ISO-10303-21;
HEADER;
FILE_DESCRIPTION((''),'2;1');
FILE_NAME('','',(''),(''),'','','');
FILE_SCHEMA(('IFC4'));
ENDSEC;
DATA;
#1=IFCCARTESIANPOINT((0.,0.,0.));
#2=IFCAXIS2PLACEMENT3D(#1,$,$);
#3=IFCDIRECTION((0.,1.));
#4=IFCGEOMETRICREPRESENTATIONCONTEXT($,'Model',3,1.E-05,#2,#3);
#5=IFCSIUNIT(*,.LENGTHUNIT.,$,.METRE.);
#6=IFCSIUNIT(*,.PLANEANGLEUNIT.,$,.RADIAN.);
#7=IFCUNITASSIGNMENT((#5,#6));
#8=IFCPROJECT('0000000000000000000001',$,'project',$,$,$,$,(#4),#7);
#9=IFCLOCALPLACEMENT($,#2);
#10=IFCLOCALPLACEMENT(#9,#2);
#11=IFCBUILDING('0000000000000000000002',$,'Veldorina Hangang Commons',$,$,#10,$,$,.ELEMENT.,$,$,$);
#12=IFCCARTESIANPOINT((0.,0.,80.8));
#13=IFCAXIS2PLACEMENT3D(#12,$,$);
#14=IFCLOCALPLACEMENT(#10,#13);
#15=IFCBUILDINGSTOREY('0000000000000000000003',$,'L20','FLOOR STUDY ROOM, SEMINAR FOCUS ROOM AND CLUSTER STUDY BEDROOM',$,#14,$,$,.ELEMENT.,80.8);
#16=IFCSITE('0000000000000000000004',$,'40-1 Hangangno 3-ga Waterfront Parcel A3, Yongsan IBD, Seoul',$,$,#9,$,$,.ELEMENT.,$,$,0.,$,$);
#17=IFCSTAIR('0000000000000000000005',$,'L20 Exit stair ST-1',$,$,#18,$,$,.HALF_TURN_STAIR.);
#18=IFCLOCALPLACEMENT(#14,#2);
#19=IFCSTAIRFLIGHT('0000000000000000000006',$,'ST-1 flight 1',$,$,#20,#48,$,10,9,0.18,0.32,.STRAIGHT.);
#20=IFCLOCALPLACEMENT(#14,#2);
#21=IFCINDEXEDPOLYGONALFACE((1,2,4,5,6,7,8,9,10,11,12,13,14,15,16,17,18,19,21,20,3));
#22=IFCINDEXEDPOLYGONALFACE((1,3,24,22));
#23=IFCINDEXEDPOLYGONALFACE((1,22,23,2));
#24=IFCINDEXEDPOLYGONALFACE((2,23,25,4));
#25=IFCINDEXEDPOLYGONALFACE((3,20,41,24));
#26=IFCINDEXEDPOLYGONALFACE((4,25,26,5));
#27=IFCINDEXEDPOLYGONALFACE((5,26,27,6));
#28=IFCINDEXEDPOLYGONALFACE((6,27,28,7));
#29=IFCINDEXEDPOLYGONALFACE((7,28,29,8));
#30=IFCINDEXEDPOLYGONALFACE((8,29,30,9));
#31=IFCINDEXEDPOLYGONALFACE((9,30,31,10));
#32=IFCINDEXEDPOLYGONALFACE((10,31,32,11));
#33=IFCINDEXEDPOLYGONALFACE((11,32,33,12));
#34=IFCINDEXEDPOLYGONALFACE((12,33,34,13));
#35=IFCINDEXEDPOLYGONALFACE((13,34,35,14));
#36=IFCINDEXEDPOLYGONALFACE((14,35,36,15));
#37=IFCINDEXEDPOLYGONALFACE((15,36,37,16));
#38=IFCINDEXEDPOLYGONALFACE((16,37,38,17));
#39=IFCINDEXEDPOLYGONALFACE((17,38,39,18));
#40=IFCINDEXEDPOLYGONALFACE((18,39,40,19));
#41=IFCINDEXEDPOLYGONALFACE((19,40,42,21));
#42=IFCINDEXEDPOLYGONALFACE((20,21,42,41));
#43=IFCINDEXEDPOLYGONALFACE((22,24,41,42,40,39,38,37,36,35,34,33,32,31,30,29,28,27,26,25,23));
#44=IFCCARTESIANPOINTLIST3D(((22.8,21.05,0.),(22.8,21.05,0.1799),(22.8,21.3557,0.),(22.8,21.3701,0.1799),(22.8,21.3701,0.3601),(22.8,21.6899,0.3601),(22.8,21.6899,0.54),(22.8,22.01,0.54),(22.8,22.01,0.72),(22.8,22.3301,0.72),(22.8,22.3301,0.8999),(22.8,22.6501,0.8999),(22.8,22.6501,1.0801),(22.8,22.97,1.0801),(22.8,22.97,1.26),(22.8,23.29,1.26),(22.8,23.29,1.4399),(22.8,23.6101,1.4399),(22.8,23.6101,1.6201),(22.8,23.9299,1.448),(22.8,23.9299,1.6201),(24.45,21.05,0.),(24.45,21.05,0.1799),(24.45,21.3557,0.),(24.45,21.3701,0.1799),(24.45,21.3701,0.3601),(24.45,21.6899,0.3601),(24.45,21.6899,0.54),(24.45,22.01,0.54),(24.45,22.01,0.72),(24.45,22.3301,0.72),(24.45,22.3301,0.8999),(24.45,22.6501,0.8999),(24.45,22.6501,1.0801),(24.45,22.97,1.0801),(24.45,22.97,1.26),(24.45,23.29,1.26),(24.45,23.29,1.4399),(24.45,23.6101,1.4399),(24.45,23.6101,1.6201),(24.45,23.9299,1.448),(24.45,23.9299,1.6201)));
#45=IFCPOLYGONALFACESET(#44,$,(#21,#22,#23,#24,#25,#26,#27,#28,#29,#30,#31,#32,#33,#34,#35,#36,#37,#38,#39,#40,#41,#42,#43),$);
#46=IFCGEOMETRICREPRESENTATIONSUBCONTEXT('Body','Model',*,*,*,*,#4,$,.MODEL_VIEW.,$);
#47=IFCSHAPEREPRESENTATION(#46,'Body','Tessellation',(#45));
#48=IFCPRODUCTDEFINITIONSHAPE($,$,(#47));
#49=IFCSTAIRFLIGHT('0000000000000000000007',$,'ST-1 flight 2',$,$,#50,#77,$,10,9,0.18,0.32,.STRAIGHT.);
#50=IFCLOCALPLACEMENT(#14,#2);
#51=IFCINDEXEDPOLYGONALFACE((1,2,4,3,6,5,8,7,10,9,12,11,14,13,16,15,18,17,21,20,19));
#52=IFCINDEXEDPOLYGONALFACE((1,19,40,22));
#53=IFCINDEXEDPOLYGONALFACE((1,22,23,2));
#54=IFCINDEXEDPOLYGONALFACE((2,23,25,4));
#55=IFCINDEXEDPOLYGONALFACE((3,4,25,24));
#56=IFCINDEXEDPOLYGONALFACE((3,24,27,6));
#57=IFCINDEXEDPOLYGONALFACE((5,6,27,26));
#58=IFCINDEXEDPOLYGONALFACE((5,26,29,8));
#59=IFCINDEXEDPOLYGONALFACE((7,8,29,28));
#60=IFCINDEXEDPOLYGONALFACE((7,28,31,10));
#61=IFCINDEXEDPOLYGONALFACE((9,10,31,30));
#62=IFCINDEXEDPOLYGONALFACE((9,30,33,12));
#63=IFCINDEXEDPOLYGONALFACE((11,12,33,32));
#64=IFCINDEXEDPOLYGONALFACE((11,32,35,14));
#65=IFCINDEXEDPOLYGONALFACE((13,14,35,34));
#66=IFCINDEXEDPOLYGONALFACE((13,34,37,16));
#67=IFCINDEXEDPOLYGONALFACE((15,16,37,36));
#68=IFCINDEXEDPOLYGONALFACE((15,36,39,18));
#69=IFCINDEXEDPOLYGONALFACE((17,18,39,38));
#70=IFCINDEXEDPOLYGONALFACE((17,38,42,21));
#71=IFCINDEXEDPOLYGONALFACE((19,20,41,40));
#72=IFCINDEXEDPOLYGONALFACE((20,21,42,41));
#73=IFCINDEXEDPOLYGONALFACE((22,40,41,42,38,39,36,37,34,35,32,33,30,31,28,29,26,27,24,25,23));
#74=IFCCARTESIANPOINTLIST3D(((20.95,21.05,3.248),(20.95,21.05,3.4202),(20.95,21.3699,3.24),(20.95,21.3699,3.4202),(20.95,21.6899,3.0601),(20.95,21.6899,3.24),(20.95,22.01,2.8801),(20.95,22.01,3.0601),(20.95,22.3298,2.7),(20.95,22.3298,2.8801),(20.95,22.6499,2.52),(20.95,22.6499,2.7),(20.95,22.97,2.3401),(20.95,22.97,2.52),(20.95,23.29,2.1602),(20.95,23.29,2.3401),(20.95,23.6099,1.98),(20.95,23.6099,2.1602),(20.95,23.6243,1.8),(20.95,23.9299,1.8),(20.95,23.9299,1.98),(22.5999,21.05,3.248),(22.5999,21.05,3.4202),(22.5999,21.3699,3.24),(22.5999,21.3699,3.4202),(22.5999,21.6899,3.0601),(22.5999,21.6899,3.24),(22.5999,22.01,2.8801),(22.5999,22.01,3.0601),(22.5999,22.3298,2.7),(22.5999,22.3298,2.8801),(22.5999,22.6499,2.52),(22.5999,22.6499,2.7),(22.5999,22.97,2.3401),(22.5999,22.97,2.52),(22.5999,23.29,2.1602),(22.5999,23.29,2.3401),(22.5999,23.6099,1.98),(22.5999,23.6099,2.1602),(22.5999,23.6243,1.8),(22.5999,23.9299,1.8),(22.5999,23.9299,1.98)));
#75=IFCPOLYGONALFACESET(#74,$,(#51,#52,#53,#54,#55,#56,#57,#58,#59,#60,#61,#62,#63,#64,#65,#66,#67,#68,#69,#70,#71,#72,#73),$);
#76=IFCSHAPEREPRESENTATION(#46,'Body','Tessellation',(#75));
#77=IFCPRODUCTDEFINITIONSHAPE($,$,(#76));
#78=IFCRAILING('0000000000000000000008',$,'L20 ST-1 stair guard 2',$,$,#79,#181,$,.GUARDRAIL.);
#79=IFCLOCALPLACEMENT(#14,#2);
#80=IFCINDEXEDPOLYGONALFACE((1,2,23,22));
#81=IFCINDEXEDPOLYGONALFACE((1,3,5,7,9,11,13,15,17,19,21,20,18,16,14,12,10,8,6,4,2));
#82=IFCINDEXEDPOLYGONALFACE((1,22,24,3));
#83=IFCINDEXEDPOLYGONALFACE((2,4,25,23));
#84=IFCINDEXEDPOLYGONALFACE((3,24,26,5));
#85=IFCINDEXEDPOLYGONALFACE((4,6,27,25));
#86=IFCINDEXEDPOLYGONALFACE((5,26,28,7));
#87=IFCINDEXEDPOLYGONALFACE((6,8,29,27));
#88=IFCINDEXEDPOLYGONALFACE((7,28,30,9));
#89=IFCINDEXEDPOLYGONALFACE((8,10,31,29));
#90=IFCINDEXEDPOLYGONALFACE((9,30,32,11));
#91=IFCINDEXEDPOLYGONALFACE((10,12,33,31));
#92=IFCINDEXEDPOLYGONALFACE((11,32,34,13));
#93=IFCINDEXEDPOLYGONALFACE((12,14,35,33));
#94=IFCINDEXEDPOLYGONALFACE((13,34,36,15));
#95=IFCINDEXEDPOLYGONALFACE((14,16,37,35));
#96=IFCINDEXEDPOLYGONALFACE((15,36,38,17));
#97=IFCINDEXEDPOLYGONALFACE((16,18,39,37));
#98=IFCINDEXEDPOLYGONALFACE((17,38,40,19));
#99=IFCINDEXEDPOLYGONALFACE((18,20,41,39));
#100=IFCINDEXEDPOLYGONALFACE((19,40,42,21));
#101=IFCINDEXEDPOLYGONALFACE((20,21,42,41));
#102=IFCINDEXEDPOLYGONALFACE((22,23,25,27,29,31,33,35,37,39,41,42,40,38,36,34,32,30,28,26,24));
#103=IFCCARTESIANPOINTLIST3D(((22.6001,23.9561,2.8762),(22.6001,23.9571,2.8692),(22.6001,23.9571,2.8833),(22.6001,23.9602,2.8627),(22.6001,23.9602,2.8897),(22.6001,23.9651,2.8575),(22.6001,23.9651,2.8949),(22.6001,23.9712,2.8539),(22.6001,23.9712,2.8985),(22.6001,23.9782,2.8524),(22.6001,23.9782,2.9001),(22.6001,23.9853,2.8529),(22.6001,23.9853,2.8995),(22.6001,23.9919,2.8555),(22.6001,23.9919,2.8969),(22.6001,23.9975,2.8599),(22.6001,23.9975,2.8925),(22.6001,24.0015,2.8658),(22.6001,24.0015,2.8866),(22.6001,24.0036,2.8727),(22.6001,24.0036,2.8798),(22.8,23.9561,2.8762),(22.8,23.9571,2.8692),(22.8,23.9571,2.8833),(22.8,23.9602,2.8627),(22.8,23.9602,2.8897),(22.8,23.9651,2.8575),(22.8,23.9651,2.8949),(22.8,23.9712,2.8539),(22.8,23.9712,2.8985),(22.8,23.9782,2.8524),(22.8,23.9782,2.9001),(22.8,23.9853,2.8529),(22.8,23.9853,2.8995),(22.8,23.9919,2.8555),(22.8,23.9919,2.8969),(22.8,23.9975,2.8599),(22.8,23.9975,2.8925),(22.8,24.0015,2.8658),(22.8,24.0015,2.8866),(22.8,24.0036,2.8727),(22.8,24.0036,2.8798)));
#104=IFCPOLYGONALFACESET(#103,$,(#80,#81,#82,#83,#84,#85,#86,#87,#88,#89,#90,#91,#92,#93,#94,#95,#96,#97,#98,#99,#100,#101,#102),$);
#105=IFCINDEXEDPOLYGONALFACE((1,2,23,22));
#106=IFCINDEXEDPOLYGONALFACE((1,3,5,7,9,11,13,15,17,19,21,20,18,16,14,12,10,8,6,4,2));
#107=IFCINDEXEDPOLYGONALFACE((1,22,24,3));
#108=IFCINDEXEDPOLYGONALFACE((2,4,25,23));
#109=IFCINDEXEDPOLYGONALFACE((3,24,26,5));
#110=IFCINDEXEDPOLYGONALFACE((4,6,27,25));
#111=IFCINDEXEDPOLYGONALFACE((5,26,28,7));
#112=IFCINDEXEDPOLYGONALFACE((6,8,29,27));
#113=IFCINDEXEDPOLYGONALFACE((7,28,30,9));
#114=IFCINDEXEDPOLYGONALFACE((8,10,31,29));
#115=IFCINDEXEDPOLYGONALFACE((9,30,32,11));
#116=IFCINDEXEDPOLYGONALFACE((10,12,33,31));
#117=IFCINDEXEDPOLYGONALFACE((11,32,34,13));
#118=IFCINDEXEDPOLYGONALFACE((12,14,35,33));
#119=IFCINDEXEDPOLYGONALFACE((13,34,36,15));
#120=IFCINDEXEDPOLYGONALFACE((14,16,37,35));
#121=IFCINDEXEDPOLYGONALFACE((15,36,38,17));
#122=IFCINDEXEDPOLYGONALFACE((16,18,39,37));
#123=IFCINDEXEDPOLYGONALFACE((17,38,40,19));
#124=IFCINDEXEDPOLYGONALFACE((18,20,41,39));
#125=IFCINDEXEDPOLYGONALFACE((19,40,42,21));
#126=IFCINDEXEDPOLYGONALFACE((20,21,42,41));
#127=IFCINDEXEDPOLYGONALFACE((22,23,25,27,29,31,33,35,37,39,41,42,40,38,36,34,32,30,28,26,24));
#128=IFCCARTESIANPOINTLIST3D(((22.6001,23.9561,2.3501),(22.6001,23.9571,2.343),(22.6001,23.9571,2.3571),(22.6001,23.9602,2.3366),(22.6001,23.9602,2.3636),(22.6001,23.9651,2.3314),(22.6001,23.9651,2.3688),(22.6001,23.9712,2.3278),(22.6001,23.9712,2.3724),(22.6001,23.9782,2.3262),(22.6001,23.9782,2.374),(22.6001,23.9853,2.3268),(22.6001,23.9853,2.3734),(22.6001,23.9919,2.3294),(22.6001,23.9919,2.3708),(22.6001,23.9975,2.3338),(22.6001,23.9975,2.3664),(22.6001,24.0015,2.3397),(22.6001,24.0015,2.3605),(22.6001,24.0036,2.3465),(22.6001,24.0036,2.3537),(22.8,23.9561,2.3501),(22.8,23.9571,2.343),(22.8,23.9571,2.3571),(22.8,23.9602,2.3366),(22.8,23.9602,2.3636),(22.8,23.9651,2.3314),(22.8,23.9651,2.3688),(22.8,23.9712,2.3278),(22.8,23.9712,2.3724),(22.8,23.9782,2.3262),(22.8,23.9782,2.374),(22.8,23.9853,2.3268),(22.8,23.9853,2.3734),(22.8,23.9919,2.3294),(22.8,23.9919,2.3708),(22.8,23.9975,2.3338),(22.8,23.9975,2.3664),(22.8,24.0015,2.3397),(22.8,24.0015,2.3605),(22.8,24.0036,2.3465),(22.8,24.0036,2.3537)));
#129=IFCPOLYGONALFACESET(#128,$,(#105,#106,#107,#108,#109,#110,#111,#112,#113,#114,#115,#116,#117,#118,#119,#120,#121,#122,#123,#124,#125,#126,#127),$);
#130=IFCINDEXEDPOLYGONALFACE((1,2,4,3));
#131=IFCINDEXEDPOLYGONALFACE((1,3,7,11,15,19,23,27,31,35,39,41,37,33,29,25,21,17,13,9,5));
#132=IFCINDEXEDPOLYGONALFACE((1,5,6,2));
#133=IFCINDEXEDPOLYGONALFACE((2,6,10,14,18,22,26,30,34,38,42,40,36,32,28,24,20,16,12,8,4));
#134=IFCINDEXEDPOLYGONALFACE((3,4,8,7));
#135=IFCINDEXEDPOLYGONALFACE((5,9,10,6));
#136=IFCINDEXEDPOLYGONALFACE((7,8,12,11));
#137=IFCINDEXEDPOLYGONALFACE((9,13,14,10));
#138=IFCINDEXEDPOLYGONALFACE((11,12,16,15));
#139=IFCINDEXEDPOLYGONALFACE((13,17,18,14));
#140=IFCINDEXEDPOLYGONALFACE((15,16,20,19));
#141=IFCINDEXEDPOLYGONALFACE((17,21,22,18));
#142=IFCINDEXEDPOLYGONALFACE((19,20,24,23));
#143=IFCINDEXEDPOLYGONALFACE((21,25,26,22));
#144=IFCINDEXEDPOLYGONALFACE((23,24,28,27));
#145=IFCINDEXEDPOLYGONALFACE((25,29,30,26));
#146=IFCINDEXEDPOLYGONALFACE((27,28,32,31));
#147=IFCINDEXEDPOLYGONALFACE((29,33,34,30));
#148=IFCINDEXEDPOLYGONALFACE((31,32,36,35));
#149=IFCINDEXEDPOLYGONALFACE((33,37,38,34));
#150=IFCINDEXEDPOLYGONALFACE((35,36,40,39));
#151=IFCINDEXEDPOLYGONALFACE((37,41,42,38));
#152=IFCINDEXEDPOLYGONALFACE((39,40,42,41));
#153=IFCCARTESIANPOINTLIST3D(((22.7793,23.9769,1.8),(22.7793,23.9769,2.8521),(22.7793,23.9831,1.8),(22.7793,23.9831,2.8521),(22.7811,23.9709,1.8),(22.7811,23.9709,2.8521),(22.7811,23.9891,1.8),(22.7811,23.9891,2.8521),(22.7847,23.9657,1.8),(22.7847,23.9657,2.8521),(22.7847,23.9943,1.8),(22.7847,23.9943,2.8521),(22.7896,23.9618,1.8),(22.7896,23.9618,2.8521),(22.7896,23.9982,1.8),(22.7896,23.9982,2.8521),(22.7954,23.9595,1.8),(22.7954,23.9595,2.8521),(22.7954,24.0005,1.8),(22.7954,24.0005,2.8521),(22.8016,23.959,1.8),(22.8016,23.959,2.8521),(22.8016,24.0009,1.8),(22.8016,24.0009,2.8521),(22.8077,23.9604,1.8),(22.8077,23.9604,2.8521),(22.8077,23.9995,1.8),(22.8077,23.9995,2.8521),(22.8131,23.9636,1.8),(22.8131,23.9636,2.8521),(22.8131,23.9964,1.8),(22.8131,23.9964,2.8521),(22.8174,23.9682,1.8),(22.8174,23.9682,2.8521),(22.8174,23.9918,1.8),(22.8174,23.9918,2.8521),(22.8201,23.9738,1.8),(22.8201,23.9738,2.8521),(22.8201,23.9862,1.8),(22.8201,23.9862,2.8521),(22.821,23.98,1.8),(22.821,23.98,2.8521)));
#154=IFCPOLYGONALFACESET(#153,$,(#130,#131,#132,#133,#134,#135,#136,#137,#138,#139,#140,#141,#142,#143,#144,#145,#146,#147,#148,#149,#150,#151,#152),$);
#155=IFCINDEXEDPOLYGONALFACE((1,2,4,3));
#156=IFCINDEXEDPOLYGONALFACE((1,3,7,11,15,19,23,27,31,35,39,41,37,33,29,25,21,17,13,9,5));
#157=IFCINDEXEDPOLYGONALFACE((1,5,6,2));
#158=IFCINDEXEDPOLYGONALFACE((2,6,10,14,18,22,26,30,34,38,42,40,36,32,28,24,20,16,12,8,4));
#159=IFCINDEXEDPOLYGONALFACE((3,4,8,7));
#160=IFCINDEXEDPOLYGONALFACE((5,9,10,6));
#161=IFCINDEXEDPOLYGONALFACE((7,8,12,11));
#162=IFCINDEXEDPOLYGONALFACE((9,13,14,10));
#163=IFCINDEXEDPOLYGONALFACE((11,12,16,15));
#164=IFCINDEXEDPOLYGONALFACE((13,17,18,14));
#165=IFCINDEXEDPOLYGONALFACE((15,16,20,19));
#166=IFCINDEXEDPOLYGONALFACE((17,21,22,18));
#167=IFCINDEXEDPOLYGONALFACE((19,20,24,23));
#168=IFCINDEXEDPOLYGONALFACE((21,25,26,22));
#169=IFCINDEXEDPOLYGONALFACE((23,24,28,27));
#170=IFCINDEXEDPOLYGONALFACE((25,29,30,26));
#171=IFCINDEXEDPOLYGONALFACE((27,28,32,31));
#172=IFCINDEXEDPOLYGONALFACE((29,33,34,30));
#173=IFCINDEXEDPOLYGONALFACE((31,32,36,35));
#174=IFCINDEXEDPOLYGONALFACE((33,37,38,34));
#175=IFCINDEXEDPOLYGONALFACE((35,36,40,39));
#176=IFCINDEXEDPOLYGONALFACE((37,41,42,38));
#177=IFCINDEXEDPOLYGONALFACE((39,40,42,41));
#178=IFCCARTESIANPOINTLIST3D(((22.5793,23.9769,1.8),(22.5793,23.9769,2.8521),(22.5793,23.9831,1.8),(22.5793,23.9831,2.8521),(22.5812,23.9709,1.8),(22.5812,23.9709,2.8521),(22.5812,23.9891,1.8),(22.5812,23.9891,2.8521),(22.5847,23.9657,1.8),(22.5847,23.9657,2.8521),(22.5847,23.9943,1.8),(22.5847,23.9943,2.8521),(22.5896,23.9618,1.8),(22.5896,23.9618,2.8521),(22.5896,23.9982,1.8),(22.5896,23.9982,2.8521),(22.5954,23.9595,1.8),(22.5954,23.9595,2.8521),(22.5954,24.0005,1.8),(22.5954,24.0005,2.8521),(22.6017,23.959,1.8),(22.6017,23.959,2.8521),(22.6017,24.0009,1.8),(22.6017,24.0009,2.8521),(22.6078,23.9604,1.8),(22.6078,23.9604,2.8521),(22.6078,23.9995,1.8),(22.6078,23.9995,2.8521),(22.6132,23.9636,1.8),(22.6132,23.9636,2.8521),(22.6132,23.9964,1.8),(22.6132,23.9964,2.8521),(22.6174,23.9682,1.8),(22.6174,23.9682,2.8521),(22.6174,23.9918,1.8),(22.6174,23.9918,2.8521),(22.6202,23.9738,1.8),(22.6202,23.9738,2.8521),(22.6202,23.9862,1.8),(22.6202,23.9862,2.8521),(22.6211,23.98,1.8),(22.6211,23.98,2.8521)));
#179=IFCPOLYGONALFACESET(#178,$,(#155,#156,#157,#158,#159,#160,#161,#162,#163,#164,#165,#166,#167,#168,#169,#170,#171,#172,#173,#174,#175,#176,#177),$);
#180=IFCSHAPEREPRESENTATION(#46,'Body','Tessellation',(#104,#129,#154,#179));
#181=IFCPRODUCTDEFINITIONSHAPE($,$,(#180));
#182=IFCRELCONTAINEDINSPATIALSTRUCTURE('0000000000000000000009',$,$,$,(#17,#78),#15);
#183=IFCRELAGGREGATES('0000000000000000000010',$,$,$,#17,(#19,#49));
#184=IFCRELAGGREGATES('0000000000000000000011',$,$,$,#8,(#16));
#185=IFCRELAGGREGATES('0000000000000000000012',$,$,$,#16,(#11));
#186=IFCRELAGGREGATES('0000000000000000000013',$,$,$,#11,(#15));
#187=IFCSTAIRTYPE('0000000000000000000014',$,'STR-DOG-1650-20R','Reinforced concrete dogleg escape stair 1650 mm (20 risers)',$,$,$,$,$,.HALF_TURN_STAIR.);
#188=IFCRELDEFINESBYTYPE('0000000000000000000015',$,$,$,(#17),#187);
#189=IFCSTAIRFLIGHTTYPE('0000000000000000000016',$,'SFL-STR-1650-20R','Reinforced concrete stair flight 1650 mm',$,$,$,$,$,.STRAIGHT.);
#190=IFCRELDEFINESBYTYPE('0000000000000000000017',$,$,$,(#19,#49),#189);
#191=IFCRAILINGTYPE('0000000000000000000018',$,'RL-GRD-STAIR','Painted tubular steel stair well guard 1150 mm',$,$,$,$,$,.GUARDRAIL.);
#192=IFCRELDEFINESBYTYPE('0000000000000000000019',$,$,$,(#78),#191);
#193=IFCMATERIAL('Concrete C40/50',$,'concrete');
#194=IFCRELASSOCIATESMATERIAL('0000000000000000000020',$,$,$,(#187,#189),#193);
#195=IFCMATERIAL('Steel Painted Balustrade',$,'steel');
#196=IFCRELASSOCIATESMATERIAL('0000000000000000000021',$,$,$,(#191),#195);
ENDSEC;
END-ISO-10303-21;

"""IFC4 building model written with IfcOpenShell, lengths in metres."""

from ifc_helpers import new_model, si_unit, direction, frame, origin, origin_2d, place, context, subcontext, project, spatial, polyline, circle, outline, extrude, material, type_object, element, aggregate, save


model = new_model("IFC4")

# Units and contexts
model_context = context("Model", 3, precision=1e-05, world=origin(), true_north=direction((0.0, 1.0)))
body_context = subcontext(model_context, "Body", "Model", "MODEL_VIEW")
ifc_project = project(units=[si_unit("LENGTHUNIT", "METRE"), si_unit("PLANEANGLEUNIT", "RADIAN")], contexts=[model_context])

# Site, building, storey
site_placement = place(None, origin())
site = spatial("IfcSite", under=ifc_project, at=site_placement, Name="40-1 Hangangno 3-ga Waterfront Parcel A3, Yongsan IBD, Seoul", CompositionType="ELEMENT", RefElevation=0.0)
building_placement = place(site_placement, origin())
building = spatial("IfcBuilding", under=site, at=building_placement, Name="Veldorina Hangang Commons", CompositionType="ELEMENT")
storey_placement = place(building_placement, frame((0.0, 0.0, 80.8)))
storey = spatial("IfcBuildingStorey", under=building, at=storey_placement, Name="L20", Description="FLOOR STUDY ROOM, SEMINAR FOCUS ROOM AND CLUSTER STUDY BEDROOM", CompositionType="ELEMENT", Elevation=80.8)

# Stair, stair flights
ifc_material_1 = material(Name="Concrete C40/50", Category="concrete")
stair_type = type_object("IfcStairType", Name="STR-DOG-1650-20R", Description="Reinforced concrete dogleg escape stair 1650 mm (20 risers)", PredefinedType="HALF_TURN_STAIR", material=ifc_material_1)
stair_placement = place(storey_placement, origin())
stair = element("IfcStair", 1, at=stair_placement, inside=storey, type_object=stair_type, Name="L20 Exit stair ST-1", PredefinedType="HALF_TURN_STAIR")
stair_flight_type = type_object("IfcStairFlightType", Name="SFL-STR-1650-20R", Description="Reinforced concrete stair flight 1650 mm", PredefinedType="STRAIGHT", material=ifc_material_1)
stair_flight_1_placement = place(storey_placement, frame((23.625, 21.05, 0.0), z_axis=(0.0, 0.0, 1.0), x_axis=(0.0, 1.0, 0.0)))
stair_flight_1 = element("IfcStairFlight", 2, at=stair_flight_1_placement, type_object=stair_flight_type, Name="ST-1 flight 1", NumberOfRisers=10, NumberOfTreads=9, PredefinedType="STRAIGHT", RiserHeight=0.18, TreadLength=0.32, context=body_context, shape_type="SweptSolid", body=[
    extrude(outline(polyline([(0.0, 0.0), (0.0, 0.1799), (0.3201, 0.1799), (0.3201, 0.3601), (0.6399, 0.3601), (0.6399, 0.54), (0.96, 0.54), (0.96, 0.72), (1.28, 0.72), (1.28, 0.8999), (1.6001, 0.8999), (1.6001, 1.0801), (1.9199, 1.0801), (1.9199, 1.26), (2.24, 1.26), (2.24, 1.4399), (2.5601, 1.4399), (2.5601, 1.6201), (2.8799, 1.6201), (2.8799, 1.8), (2.8799, 1.448), (0.3057, 0.0), (0.0, 0.0)])), frame((0.0, 0.825, 0.0), z_axis=(0.0, -1.0, 0.0), x_axis=(1.0, 0.0, 0.0)), (0.0, 0.0, 1.0), 1.6499),
])
stair_flight_2_placement = place(storey_placement, frame((21.7749, 23.9299, 1.8), z_axis=(0.0, 0.0, 1.0), x_axis=(0.0, -1.0, 0.0)))
stair_flight_2 = element("IfcStairFlight", 3, at=stair_flight_2_placement, type_object=stair_flight_type, Name="ST-1 flight 2", NumberOfRisers=10, NumberOfTreads=9, PredefinedType="STRAIGHT", RiserHeight=0.18, TreadLength=0.32, context=body_context, shape_type="SweptSolid", body=[
    extrude(outline(polyline([(0.0, 0.0), (0.0, 0.1799), (0.3201, 0.1799), (0.3201, 0.3601), (0.6399, 0.3601), (0.6399, 0.54), (0.96, 0.54), (0.96, 0.72), (1.28, 0.72), (1.28, 0.8999), (1.6001, 0.8999), (1.6001, 1.0801), (1.9199, 1.0801), (1.9199, 1.26), (2.24, 1.26), (2.24, 1.4399), (2.5601, 1.4399), (2.5601, 1.6201), (2.8799, 1.6201), (2.8799, 1.8), (2.8799, 1.448), (0.3057, 0.0), (0.0, 0.0)])), frame((0.0, 0.825, 0.0), z_axis=(0.0, -1.0, 0.0), x_axis=(1.0, 0.0, 0.0)), (0.0, 0.0, 1.0), 1.6499),
])
aggregate(stair, [stair_flight_1, stair_flight_2])

# Railing
ifc_material_2 = material(Name="Steel Painted Balustrade", Category="steel")
railing_type_1 = type_object("IfcRailingType", Name="RL-GRD-STAIR", Description="Painted tubular steel stair well guard 1150 mm", PredefinedType="GUARDRAIL", material=ifc_material_2)
railing_1_placement = place(storey_placement, frame((22.8, 23.98, 1.8)))
element("IfcRailing", 4, at=railing_1_placement, inside=storey, type_object=railing_type_1, Name="L20 ST-1 stair guard 2", PredefinedType="GUARDRAIL", context=body_context, shape_type="SweptSolid", body=[
    extrude(circle(Radius=0.0239, at=origin_2d()), frame((0.0, 0.0, 1.0762), z_axis=(-1.0, 0.0, 0.0), x_axis=(0.0, -1.0, 0.0)), (0.0, 0.0, 1.0), 0.2),
    extrude(circle(Radius=0.0239, at=origin_2d()), frame((0.0, 0.0, 0.55), z_axis=(-1.0, 0.0, 0.0), x_axis=(0.0, -1.0, 0.0)), (0.0, 0.0, 1.0), 0.2),
    extrude(circle(Radius=0.021, at=origin_2d()), origin(), (0.0, 0.0, 1.0), 1.052),
    extrude(circle(Radius=0.021, at=origin_2d()), frame((-0.2, 0.0, 0.0)), (0.0, 0.0, 1.0), 1.052),
])

save(model, "model.ifc")
